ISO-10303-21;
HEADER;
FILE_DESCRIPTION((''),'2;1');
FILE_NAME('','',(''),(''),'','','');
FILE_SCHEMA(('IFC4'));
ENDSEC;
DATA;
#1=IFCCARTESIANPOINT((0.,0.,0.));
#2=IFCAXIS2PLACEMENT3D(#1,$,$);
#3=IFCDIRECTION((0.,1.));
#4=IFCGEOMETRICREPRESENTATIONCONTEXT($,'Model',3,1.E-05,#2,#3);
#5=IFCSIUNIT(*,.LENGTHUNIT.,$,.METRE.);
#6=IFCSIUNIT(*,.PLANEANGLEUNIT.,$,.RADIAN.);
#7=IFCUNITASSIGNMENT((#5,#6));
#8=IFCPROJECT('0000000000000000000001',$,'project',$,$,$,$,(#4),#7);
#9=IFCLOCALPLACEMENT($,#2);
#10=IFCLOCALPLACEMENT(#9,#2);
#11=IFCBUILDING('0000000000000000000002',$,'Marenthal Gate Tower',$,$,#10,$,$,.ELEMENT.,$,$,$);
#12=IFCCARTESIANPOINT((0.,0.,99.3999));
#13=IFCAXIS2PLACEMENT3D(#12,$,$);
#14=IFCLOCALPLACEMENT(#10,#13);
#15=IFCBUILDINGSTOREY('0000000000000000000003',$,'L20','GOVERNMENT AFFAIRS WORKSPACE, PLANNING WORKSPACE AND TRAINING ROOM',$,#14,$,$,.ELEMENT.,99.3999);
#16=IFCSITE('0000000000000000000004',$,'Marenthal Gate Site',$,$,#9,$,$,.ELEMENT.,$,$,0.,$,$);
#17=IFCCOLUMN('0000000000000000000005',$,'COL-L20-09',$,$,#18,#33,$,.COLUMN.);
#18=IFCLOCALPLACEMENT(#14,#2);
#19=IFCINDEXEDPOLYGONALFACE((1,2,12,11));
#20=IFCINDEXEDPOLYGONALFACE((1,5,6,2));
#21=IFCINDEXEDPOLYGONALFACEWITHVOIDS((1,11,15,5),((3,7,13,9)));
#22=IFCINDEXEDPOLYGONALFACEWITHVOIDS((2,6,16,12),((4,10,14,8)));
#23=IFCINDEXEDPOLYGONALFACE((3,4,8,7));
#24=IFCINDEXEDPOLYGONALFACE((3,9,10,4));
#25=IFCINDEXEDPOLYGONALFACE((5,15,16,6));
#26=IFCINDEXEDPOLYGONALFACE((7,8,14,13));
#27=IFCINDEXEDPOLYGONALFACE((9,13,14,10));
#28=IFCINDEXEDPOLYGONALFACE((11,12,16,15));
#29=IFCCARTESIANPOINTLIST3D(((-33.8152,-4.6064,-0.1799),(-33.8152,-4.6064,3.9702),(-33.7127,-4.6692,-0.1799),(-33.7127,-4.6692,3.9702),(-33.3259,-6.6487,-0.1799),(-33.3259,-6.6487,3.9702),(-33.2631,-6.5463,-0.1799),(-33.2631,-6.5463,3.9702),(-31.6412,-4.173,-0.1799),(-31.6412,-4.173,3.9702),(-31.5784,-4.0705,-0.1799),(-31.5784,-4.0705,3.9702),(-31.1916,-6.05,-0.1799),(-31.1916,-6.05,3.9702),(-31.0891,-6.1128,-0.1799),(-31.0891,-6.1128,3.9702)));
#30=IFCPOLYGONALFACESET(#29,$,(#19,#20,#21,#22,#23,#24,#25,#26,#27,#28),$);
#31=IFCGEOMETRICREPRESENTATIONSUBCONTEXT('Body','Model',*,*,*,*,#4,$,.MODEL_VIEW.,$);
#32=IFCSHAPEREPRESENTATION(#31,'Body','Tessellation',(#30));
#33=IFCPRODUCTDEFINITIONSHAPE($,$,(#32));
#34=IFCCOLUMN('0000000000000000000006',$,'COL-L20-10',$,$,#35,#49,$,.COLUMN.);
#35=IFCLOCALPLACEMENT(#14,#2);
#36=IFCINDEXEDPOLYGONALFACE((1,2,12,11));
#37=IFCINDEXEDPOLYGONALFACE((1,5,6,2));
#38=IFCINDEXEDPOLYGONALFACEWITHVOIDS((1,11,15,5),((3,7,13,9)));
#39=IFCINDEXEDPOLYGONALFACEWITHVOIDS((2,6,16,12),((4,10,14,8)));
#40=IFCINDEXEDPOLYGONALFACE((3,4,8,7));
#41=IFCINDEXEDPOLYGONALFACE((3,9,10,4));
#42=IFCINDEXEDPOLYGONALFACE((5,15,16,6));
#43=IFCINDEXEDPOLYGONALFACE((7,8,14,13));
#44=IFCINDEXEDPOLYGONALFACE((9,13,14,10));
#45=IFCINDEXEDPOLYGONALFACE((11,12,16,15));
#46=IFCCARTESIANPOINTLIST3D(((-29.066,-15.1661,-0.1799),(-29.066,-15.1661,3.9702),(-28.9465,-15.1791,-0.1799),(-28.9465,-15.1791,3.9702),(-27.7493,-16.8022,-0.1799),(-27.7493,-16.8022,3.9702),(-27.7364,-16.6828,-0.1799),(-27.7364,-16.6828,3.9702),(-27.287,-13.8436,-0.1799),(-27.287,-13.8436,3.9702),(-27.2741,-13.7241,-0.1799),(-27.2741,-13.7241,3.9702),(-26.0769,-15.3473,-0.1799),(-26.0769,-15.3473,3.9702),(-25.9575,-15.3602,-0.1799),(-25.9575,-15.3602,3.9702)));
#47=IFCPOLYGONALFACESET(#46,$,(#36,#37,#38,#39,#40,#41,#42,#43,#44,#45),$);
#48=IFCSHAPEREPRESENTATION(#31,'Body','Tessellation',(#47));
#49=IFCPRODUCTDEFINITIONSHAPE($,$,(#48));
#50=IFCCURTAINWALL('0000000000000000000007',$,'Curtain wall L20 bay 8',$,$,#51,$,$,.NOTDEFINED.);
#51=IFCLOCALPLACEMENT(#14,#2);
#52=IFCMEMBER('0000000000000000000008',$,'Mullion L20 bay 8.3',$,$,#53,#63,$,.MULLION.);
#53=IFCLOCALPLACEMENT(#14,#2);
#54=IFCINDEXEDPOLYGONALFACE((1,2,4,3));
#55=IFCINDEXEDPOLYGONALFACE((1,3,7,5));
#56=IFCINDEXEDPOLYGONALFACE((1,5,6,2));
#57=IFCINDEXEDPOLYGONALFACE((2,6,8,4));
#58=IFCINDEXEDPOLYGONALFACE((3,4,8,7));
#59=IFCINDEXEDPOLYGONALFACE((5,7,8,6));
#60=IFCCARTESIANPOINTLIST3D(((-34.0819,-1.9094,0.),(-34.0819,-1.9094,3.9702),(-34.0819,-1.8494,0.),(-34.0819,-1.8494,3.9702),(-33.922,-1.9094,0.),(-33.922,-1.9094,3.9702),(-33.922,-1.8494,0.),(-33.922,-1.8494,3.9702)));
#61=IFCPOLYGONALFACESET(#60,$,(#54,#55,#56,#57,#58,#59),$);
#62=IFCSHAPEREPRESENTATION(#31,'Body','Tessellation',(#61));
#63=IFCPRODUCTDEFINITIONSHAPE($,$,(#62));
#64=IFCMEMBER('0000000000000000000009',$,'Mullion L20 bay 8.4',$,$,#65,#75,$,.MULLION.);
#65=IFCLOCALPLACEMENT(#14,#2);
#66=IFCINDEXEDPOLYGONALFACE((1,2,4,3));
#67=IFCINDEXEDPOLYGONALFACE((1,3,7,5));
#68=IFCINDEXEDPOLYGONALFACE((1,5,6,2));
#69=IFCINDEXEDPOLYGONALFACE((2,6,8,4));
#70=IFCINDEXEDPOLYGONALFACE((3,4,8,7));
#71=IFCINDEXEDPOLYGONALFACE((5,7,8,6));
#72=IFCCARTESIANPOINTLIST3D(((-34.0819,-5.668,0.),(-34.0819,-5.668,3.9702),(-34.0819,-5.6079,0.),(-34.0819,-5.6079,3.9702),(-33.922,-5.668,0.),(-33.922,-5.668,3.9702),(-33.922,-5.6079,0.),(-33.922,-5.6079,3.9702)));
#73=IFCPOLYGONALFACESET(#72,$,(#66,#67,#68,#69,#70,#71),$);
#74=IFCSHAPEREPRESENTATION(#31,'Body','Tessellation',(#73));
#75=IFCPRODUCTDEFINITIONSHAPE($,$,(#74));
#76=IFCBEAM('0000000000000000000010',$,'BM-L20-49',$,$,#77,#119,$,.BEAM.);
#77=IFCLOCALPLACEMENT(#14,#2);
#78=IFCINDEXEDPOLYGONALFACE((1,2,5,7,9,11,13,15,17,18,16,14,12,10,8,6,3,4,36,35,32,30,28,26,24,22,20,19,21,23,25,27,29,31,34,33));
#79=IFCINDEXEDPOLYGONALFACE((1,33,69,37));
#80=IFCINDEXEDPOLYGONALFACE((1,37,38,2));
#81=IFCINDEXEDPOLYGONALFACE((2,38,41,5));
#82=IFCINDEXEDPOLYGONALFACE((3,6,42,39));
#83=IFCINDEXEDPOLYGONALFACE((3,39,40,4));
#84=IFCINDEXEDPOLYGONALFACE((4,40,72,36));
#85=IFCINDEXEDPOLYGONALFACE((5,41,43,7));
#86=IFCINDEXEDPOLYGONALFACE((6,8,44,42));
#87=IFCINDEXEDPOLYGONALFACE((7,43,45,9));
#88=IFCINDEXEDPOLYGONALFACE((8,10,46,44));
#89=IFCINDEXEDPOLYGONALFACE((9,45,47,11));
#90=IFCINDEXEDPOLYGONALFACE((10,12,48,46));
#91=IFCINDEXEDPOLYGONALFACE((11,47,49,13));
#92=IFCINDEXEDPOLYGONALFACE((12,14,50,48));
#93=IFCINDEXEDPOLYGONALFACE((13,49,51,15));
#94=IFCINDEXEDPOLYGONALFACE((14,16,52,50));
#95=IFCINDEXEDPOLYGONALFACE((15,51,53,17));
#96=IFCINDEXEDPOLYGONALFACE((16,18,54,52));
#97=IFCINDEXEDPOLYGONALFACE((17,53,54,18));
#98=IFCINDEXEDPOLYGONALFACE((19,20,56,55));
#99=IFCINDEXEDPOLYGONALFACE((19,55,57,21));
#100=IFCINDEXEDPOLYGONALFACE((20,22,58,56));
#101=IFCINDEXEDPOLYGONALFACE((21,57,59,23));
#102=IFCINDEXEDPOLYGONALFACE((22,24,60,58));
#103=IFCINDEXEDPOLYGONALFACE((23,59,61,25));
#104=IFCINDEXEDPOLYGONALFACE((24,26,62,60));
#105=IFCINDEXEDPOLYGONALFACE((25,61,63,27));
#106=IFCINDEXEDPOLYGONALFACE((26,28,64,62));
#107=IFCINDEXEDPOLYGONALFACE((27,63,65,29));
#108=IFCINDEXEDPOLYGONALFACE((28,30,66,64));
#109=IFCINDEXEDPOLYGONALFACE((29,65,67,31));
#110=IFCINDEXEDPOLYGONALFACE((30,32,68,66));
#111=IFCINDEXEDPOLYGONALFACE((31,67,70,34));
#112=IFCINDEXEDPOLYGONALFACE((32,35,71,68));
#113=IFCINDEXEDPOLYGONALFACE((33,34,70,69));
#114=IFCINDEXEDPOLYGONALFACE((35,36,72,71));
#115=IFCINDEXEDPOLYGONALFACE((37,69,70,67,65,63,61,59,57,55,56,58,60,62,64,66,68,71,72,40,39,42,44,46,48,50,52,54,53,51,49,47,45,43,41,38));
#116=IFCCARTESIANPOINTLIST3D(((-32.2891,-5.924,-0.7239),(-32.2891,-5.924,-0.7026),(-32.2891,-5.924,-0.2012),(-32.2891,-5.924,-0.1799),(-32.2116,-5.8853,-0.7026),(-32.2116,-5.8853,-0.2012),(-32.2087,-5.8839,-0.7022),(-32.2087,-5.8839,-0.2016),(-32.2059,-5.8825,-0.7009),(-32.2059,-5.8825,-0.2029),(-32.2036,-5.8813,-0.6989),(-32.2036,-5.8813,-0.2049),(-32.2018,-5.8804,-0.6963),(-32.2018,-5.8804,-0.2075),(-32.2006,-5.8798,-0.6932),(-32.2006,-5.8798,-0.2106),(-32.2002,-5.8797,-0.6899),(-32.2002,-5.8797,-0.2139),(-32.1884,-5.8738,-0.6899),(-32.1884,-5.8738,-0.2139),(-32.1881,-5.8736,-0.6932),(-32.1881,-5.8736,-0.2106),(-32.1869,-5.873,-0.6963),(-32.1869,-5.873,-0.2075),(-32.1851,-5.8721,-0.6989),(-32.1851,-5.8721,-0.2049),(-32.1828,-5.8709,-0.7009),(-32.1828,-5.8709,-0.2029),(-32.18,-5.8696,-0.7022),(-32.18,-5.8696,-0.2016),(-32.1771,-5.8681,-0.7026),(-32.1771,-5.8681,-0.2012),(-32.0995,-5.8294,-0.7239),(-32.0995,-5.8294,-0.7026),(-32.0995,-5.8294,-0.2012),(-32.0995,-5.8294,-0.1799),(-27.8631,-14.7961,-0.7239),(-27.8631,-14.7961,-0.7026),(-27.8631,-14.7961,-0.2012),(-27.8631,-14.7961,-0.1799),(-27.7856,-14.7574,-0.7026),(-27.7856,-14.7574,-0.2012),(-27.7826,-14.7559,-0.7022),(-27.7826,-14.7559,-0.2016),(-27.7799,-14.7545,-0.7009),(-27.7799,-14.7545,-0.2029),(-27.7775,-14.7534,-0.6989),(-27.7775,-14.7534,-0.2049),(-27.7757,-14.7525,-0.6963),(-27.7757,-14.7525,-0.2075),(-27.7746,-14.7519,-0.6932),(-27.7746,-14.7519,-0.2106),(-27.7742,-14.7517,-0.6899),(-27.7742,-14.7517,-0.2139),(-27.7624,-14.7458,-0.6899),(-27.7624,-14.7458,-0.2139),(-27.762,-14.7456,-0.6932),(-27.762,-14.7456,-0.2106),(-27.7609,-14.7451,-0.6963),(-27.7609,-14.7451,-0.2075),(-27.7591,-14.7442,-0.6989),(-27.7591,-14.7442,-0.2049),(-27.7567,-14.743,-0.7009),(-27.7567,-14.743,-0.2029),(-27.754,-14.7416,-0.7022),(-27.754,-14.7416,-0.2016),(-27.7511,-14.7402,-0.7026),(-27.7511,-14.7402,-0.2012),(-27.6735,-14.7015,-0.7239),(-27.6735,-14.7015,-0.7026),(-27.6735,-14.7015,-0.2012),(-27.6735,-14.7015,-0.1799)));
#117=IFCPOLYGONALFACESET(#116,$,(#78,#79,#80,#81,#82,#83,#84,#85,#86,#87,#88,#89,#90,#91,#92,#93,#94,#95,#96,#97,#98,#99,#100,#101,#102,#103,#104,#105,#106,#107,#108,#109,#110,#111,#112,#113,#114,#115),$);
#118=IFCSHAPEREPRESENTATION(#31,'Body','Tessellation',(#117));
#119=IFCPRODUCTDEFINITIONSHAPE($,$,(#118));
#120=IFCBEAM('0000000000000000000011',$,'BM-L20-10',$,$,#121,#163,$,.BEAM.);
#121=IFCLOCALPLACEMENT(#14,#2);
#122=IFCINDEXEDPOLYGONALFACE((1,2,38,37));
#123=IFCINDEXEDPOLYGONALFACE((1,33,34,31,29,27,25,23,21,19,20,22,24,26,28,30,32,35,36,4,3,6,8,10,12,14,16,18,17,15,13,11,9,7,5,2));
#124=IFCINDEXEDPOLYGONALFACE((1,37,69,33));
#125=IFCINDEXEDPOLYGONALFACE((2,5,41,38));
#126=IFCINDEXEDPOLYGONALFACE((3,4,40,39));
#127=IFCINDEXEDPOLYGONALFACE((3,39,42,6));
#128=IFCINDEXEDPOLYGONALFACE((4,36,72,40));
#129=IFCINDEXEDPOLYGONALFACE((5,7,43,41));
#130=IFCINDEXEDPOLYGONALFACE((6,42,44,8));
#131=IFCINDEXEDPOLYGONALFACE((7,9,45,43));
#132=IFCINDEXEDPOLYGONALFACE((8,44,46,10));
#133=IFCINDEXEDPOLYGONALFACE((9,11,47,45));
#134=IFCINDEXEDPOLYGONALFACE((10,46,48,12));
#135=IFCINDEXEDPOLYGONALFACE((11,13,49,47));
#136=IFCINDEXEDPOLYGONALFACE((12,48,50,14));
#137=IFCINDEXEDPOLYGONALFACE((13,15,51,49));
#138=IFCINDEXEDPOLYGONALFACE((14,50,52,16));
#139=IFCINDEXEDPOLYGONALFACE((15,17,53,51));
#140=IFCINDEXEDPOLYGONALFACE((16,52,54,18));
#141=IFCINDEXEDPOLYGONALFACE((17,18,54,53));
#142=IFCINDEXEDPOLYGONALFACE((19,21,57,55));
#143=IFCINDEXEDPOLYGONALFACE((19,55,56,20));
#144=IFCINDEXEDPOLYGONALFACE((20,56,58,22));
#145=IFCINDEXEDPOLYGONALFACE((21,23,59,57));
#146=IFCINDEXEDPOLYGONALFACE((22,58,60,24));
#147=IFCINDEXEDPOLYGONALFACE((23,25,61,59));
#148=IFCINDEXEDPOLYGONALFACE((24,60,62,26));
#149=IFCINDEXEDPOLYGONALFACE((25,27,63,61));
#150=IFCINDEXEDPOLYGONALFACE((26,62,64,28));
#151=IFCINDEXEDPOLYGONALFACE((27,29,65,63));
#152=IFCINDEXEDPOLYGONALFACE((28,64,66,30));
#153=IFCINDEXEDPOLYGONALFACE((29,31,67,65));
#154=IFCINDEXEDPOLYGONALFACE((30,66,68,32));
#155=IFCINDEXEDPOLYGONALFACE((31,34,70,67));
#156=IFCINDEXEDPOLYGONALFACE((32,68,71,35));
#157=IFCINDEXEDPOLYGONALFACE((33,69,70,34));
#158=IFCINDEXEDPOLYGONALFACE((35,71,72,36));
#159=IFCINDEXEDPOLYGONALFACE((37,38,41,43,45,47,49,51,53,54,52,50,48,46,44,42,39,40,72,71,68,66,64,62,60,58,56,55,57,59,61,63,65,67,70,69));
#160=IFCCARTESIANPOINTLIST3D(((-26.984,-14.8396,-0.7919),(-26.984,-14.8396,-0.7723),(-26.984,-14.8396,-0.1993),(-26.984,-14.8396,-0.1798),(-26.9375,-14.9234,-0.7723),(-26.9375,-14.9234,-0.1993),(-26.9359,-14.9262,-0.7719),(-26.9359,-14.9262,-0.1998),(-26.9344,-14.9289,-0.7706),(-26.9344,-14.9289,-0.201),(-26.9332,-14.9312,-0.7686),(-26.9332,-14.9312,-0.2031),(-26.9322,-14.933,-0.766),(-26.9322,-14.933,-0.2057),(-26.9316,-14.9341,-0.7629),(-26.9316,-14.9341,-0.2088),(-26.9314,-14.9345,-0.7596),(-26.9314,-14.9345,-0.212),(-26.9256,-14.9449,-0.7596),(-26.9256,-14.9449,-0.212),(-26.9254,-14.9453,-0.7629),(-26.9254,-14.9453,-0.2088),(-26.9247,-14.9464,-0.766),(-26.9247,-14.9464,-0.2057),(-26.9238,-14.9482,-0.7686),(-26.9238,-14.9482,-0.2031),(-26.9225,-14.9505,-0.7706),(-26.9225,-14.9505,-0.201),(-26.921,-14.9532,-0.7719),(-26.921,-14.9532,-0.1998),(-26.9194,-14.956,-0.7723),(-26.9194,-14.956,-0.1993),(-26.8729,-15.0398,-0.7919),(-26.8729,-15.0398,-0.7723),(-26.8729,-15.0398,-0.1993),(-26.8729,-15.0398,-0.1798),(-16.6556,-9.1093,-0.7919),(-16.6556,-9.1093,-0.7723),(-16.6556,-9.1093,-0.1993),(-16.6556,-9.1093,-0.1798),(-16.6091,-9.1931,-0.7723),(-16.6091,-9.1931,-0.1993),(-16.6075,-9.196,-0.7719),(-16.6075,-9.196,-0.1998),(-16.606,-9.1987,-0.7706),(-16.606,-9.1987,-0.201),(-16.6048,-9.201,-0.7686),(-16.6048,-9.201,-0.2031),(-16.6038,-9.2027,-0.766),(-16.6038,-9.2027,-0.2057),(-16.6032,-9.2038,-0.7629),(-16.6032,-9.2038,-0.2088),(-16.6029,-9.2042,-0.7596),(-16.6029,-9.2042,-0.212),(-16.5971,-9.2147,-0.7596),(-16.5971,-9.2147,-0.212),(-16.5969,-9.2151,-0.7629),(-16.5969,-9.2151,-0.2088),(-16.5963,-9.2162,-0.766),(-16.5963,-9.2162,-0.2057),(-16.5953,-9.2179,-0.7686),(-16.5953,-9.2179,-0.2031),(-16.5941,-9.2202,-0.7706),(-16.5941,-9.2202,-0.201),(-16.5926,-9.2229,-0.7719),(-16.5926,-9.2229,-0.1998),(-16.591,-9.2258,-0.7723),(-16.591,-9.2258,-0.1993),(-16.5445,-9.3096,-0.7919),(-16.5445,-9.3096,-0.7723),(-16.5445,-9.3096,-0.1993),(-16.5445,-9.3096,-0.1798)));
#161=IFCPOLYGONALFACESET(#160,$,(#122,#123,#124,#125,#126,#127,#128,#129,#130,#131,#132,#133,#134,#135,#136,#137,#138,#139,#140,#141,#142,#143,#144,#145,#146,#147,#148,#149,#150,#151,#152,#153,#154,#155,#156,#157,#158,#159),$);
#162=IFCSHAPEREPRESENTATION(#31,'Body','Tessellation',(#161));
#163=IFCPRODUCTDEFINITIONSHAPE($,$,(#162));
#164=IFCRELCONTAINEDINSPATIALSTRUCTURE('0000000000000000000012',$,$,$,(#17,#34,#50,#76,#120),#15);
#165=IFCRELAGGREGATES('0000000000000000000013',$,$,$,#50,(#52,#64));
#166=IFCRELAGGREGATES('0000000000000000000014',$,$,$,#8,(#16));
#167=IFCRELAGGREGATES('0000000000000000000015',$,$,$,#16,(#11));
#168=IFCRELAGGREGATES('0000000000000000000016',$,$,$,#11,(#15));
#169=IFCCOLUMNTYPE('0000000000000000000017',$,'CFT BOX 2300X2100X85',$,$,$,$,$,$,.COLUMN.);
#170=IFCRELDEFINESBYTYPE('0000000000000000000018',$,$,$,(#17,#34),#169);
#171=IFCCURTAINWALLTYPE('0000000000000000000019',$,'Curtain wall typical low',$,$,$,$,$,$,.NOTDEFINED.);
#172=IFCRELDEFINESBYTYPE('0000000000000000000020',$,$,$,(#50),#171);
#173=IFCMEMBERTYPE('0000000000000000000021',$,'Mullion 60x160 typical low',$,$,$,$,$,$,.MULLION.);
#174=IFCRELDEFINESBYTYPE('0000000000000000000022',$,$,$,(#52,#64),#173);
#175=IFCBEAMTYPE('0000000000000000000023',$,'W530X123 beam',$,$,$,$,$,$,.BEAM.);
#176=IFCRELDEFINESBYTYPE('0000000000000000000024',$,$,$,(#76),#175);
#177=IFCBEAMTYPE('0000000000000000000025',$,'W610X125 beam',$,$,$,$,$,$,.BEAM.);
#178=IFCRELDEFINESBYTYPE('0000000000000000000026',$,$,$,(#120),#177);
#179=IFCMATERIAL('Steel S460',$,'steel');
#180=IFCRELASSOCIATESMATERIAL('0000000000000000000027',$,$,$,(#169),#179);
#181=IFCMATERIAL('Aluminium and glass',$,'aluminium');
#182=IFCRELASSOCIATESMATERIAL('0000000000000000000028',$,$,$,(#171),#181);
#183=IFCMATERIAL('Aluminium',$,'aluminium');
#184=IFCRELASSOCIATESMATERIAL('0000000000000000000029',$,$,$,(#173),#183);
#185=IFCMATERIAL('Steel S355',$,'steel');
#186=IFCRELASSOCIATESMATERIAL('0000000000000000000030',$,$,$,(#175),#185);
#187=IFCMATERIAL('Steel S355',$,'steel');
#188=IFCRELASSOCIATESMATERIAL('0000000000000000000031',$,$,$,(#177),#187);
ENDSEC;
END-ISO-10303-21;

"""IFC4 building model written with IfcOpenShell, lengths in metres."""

from ifc_helpers import new_model, si_unit, direction, frame, origin, origin_2d, place, context, subcontext, project, spatial, rectangle, hollow_rectangle, i_section, extrude, material, material_profile, profile_set, type_object, element, aggregate, save


model = new_model("IFC4")

# Units and contexts
model_context = context("Model", 3, precision=1e-05, world=origin(), true_north=direction((0.0, 1.0)))
body_context = subcontext(model_context, "Body", "Model", "MODEL_VIEW")
ifc_project = project(units=[si_unit("LENGTHUNIT", "METRE"), si_unit("PLANEANGLEUNIT", "RADIAN")], contexts=[model_context])

# Site, building, storey
site_placement = place(None, origin())
site = spatial("IfcSite", under=ifc_project, at=site_placement, Name="Marenthal Gate Site", CompositionType="ELEMENT", RefElevation=0.0)
building_placement = place(site_placement, origin())
building = spatial("IfcBuilding", under=site, at=building_placement, Name="Marenthal Gate Tower", CompositionType="ELEMENT")
storey_placement = place(building_placement, frame((0.0, 0.0, 99.3999)))
storey = spatial("IfcBuildingStorey", under=building, at=storey_placement, Name="L20", Description="GOVERNMENT AFFAIRS WORKSPACE, PLANNING WORKSPACE AND TRAINING ROOM", CompositionType="ELEMENT", Elevation=99.3999)

# Columns
ifc_material_1 = material(Name="Steel S460", Category="steel")
ifc_material_profile_1 = material_profile(ifc_material_1, hollow_rectangle(XDim=2.1001, YDim=2.3, WallThickness=0.085, at=origin_2d()), Name="CFT BOX 2300X2100X85")
ifc_material_2 = material(Name="Concrete 70 MPa", Category="concrete")
ifc_material_profile_2 = material_profile(ifc_material_2, rectangle(XDim=1.9299, YDim=2.1299, at=origin_2d()), Name="CFT BOX 2300X2100X85 INFILL")
ifc_profile_set_1 = profile_set([ifc_material_profile_1, ifc_material_profile_2], Name="Steel S460 shell, Concrete 70 MPa infill")
column_type = type_object("IfcColumnType", Name="CFT BOX 2300X2100X85", PredefinedType="COLUMN", material=ifc_profile_set_1)
for number, where, z_axis, x_axis, name in (
    (1, (-32.4521, -5.3596, -0.1799), (0.0, 0.0, 1.0), (-0.232974, 0.972483, 0.0), "COL-L20-09"),
    (2, (-27.5117, -15.2632, -0.1799), (0.0, 0.0, 1.0), (-0.626945, 0.779063, 0.0), "COL-L20-10"),
):
    element("IfcColumn", number, at=place(storey_placement, frame(where, z_axis=z_axis, x_axis=x_axis)), inside=storey, type_object=column_type, Name=name, PredefinedType="COLUMN", context=body_context, shape_type="SweptSolid", body=[
        extrude(hollow_rectangle(XDim=2.1001, YDim=2.3, WallThickness=0.085, at=origin_2d()), origin(), (0.0, 0.0, 1.0), 4.1501),
    ])

# Curtain wall, members
ifc_material_3 = material(Name="Aluminium and glass", Category="aluminium")
curtain_wall_type = type_object("IfcCurtainWallType", Name="Curtain wall typical low", PredefinedType="NOTDEFINED", material=ifc_material_3)
curtain_wall_placement = place(storey_placement, origin())
curtain_wall = element("IfcCurtainWall", 3, at=curtain_wall_placement, inside=storey, type_object=curtain_wall_type, Name="Curtain wall L20 bay 8", PredefinedType="NOTDEFINED")
ifc_material_4 = material(Name="Aluminium", Category="aluminium")
ifc_material_profile_3 = material_profile(ifc_material_4, rectangle(XDim=0.1599, YDim=0.0601, at=origin_2d()), Name="60x160 aluminium mullion")
ifc_profile_set_2 = profile_set([ifc_material_profile_3], Name="Aluminium")
member_type = type_object("IfcMemberType", Name="Mullion 60x160 typical low", PredefinedType="MULLION", material=ifc_profile_set_2)
member_1_placement = place(storey_placement, frame((-34.002, -1.8794, 0.0), z_axis=(0.0, 0.0, 1.0), x_axis=(1.0, 0.0, 0.0)))
member_1 = element("IfcMember", 4, at=member_1_placement, type_object=member_type, Name="Mullion L20 bay 8.3", PredefinedType="MULLION", context=body_context, shape_type="SweptSolid", body=[
    extrude(rectangle(XDim=0.1599, YDim=0.0601, at=origin_2d()), origin(), (0.0, 0.0, 1.0), 3.9702),
])
member_2_placement = place(storey_placement, frame((-34.002, -5.6379, 0.0), z_axis=(0.0, 0.0, 1.0), x_axis=(1.0, 0.0, 0.0)))
member_2 = element("IfcMember", 5, at=member_2_placement, type_object=member_type, Name="Mullion L20 bay 8.4", PredefinedType="MULLION", context=body_context, shape_type="SweptSolid", body=[
    extrude(rectangle(XDim=0.1599, YDim=0.0601, at=origin_2d()), origin(), (0.0, 0.0, 1.0), 3.9702),
])

# Beams
ifc_material_5 = material(Name="Steel S355", Category="steel")
ifc_material_profile_4 = material_profile(ifc_material_5, i_section(OverallWidth=0.2119, OverallDepth=0.5439, WebThickness=0.0132, FlangeThickness=0.0212, FilletRadius=0.0127, at=origin_2d()), Name="W530X123")
ifc_profile_set_3 = profile_set([ifc_material_profile_4], Name="Steel S355")
beam_type_1 = type_object("IfcBeamType", Name="W530X123 beam", PredefinedType="BEAM", material=ifc_profile_set_3)
beam_1_placement = place(storey_placement, frame((-32.1943, -5.8767, -0.4519), z_axis=(0.446406, -0.894831, 0.0), x_axis=(0.894831, 0.446406, 0.0)))
element("IfcBeam", 6, at=beam_1_placement, inside=storey, type_object=beam_type_1, Name="BM-L20-49", PredefinedType="BEAM", context=body_context, shape_type="SweptSolid", body=[
    extrude(i_section(OverallWidth=0.2119, OverallDepth=0.5439, WebThickness=0.0132, FlangeThickness=0.0212, FilletRadius=0.0127, at=origin_2d()), origin(), (0.0, 0.0, 1.0), 9.9148),
])
ifc_material_6 = material(Name="Steel S355", Category="steel")
ifc_material_profile_5 = material_profile(ifc_material_6, i_section(OverallWidth=0.229, OverallDepth=0.6121, WebThickness=0.012, FlangeThickness=0.0195, FilletRadius=0.0127, at=origin_2d()), Name="W610X125")
ifc_profile_set_4 = profile_set([ifc_material_profile_5], Name="Steel S355")
beam_type_2 = type_object("IfcBeamType", Name="W610X125 beam", PredefinedType="BEAM", material=ifc_profile_set_4)
beam_2_placement = place(storey_placement, frame((-26.9285, -14.9397, -0.4858), z_axis=(0.874436, 0.485141, 0.0), x_axis=(-0.485141, 0.874436, 0.0)))
element("IfcBeam", 7, at=beam_2_placement, inside=storey, type_object=beam_type_2, Name="BM-L20-10", PredefinedType="BEAM", context=body_context, shape_type="SweptSolid", body=[
    extrude(i_section(OverallWidth=0.229, OverallDepth=0.6121, WebThickness=0.012, FlangeThickness=0.0195, FilletRadius=0.0127, at=origin_2d()), origin(), (0.0, 0.0, 1.0), 11.8115),
])

aggregate(curtain_wall, [member_1, member_2])

save(model, "model.ifc")
